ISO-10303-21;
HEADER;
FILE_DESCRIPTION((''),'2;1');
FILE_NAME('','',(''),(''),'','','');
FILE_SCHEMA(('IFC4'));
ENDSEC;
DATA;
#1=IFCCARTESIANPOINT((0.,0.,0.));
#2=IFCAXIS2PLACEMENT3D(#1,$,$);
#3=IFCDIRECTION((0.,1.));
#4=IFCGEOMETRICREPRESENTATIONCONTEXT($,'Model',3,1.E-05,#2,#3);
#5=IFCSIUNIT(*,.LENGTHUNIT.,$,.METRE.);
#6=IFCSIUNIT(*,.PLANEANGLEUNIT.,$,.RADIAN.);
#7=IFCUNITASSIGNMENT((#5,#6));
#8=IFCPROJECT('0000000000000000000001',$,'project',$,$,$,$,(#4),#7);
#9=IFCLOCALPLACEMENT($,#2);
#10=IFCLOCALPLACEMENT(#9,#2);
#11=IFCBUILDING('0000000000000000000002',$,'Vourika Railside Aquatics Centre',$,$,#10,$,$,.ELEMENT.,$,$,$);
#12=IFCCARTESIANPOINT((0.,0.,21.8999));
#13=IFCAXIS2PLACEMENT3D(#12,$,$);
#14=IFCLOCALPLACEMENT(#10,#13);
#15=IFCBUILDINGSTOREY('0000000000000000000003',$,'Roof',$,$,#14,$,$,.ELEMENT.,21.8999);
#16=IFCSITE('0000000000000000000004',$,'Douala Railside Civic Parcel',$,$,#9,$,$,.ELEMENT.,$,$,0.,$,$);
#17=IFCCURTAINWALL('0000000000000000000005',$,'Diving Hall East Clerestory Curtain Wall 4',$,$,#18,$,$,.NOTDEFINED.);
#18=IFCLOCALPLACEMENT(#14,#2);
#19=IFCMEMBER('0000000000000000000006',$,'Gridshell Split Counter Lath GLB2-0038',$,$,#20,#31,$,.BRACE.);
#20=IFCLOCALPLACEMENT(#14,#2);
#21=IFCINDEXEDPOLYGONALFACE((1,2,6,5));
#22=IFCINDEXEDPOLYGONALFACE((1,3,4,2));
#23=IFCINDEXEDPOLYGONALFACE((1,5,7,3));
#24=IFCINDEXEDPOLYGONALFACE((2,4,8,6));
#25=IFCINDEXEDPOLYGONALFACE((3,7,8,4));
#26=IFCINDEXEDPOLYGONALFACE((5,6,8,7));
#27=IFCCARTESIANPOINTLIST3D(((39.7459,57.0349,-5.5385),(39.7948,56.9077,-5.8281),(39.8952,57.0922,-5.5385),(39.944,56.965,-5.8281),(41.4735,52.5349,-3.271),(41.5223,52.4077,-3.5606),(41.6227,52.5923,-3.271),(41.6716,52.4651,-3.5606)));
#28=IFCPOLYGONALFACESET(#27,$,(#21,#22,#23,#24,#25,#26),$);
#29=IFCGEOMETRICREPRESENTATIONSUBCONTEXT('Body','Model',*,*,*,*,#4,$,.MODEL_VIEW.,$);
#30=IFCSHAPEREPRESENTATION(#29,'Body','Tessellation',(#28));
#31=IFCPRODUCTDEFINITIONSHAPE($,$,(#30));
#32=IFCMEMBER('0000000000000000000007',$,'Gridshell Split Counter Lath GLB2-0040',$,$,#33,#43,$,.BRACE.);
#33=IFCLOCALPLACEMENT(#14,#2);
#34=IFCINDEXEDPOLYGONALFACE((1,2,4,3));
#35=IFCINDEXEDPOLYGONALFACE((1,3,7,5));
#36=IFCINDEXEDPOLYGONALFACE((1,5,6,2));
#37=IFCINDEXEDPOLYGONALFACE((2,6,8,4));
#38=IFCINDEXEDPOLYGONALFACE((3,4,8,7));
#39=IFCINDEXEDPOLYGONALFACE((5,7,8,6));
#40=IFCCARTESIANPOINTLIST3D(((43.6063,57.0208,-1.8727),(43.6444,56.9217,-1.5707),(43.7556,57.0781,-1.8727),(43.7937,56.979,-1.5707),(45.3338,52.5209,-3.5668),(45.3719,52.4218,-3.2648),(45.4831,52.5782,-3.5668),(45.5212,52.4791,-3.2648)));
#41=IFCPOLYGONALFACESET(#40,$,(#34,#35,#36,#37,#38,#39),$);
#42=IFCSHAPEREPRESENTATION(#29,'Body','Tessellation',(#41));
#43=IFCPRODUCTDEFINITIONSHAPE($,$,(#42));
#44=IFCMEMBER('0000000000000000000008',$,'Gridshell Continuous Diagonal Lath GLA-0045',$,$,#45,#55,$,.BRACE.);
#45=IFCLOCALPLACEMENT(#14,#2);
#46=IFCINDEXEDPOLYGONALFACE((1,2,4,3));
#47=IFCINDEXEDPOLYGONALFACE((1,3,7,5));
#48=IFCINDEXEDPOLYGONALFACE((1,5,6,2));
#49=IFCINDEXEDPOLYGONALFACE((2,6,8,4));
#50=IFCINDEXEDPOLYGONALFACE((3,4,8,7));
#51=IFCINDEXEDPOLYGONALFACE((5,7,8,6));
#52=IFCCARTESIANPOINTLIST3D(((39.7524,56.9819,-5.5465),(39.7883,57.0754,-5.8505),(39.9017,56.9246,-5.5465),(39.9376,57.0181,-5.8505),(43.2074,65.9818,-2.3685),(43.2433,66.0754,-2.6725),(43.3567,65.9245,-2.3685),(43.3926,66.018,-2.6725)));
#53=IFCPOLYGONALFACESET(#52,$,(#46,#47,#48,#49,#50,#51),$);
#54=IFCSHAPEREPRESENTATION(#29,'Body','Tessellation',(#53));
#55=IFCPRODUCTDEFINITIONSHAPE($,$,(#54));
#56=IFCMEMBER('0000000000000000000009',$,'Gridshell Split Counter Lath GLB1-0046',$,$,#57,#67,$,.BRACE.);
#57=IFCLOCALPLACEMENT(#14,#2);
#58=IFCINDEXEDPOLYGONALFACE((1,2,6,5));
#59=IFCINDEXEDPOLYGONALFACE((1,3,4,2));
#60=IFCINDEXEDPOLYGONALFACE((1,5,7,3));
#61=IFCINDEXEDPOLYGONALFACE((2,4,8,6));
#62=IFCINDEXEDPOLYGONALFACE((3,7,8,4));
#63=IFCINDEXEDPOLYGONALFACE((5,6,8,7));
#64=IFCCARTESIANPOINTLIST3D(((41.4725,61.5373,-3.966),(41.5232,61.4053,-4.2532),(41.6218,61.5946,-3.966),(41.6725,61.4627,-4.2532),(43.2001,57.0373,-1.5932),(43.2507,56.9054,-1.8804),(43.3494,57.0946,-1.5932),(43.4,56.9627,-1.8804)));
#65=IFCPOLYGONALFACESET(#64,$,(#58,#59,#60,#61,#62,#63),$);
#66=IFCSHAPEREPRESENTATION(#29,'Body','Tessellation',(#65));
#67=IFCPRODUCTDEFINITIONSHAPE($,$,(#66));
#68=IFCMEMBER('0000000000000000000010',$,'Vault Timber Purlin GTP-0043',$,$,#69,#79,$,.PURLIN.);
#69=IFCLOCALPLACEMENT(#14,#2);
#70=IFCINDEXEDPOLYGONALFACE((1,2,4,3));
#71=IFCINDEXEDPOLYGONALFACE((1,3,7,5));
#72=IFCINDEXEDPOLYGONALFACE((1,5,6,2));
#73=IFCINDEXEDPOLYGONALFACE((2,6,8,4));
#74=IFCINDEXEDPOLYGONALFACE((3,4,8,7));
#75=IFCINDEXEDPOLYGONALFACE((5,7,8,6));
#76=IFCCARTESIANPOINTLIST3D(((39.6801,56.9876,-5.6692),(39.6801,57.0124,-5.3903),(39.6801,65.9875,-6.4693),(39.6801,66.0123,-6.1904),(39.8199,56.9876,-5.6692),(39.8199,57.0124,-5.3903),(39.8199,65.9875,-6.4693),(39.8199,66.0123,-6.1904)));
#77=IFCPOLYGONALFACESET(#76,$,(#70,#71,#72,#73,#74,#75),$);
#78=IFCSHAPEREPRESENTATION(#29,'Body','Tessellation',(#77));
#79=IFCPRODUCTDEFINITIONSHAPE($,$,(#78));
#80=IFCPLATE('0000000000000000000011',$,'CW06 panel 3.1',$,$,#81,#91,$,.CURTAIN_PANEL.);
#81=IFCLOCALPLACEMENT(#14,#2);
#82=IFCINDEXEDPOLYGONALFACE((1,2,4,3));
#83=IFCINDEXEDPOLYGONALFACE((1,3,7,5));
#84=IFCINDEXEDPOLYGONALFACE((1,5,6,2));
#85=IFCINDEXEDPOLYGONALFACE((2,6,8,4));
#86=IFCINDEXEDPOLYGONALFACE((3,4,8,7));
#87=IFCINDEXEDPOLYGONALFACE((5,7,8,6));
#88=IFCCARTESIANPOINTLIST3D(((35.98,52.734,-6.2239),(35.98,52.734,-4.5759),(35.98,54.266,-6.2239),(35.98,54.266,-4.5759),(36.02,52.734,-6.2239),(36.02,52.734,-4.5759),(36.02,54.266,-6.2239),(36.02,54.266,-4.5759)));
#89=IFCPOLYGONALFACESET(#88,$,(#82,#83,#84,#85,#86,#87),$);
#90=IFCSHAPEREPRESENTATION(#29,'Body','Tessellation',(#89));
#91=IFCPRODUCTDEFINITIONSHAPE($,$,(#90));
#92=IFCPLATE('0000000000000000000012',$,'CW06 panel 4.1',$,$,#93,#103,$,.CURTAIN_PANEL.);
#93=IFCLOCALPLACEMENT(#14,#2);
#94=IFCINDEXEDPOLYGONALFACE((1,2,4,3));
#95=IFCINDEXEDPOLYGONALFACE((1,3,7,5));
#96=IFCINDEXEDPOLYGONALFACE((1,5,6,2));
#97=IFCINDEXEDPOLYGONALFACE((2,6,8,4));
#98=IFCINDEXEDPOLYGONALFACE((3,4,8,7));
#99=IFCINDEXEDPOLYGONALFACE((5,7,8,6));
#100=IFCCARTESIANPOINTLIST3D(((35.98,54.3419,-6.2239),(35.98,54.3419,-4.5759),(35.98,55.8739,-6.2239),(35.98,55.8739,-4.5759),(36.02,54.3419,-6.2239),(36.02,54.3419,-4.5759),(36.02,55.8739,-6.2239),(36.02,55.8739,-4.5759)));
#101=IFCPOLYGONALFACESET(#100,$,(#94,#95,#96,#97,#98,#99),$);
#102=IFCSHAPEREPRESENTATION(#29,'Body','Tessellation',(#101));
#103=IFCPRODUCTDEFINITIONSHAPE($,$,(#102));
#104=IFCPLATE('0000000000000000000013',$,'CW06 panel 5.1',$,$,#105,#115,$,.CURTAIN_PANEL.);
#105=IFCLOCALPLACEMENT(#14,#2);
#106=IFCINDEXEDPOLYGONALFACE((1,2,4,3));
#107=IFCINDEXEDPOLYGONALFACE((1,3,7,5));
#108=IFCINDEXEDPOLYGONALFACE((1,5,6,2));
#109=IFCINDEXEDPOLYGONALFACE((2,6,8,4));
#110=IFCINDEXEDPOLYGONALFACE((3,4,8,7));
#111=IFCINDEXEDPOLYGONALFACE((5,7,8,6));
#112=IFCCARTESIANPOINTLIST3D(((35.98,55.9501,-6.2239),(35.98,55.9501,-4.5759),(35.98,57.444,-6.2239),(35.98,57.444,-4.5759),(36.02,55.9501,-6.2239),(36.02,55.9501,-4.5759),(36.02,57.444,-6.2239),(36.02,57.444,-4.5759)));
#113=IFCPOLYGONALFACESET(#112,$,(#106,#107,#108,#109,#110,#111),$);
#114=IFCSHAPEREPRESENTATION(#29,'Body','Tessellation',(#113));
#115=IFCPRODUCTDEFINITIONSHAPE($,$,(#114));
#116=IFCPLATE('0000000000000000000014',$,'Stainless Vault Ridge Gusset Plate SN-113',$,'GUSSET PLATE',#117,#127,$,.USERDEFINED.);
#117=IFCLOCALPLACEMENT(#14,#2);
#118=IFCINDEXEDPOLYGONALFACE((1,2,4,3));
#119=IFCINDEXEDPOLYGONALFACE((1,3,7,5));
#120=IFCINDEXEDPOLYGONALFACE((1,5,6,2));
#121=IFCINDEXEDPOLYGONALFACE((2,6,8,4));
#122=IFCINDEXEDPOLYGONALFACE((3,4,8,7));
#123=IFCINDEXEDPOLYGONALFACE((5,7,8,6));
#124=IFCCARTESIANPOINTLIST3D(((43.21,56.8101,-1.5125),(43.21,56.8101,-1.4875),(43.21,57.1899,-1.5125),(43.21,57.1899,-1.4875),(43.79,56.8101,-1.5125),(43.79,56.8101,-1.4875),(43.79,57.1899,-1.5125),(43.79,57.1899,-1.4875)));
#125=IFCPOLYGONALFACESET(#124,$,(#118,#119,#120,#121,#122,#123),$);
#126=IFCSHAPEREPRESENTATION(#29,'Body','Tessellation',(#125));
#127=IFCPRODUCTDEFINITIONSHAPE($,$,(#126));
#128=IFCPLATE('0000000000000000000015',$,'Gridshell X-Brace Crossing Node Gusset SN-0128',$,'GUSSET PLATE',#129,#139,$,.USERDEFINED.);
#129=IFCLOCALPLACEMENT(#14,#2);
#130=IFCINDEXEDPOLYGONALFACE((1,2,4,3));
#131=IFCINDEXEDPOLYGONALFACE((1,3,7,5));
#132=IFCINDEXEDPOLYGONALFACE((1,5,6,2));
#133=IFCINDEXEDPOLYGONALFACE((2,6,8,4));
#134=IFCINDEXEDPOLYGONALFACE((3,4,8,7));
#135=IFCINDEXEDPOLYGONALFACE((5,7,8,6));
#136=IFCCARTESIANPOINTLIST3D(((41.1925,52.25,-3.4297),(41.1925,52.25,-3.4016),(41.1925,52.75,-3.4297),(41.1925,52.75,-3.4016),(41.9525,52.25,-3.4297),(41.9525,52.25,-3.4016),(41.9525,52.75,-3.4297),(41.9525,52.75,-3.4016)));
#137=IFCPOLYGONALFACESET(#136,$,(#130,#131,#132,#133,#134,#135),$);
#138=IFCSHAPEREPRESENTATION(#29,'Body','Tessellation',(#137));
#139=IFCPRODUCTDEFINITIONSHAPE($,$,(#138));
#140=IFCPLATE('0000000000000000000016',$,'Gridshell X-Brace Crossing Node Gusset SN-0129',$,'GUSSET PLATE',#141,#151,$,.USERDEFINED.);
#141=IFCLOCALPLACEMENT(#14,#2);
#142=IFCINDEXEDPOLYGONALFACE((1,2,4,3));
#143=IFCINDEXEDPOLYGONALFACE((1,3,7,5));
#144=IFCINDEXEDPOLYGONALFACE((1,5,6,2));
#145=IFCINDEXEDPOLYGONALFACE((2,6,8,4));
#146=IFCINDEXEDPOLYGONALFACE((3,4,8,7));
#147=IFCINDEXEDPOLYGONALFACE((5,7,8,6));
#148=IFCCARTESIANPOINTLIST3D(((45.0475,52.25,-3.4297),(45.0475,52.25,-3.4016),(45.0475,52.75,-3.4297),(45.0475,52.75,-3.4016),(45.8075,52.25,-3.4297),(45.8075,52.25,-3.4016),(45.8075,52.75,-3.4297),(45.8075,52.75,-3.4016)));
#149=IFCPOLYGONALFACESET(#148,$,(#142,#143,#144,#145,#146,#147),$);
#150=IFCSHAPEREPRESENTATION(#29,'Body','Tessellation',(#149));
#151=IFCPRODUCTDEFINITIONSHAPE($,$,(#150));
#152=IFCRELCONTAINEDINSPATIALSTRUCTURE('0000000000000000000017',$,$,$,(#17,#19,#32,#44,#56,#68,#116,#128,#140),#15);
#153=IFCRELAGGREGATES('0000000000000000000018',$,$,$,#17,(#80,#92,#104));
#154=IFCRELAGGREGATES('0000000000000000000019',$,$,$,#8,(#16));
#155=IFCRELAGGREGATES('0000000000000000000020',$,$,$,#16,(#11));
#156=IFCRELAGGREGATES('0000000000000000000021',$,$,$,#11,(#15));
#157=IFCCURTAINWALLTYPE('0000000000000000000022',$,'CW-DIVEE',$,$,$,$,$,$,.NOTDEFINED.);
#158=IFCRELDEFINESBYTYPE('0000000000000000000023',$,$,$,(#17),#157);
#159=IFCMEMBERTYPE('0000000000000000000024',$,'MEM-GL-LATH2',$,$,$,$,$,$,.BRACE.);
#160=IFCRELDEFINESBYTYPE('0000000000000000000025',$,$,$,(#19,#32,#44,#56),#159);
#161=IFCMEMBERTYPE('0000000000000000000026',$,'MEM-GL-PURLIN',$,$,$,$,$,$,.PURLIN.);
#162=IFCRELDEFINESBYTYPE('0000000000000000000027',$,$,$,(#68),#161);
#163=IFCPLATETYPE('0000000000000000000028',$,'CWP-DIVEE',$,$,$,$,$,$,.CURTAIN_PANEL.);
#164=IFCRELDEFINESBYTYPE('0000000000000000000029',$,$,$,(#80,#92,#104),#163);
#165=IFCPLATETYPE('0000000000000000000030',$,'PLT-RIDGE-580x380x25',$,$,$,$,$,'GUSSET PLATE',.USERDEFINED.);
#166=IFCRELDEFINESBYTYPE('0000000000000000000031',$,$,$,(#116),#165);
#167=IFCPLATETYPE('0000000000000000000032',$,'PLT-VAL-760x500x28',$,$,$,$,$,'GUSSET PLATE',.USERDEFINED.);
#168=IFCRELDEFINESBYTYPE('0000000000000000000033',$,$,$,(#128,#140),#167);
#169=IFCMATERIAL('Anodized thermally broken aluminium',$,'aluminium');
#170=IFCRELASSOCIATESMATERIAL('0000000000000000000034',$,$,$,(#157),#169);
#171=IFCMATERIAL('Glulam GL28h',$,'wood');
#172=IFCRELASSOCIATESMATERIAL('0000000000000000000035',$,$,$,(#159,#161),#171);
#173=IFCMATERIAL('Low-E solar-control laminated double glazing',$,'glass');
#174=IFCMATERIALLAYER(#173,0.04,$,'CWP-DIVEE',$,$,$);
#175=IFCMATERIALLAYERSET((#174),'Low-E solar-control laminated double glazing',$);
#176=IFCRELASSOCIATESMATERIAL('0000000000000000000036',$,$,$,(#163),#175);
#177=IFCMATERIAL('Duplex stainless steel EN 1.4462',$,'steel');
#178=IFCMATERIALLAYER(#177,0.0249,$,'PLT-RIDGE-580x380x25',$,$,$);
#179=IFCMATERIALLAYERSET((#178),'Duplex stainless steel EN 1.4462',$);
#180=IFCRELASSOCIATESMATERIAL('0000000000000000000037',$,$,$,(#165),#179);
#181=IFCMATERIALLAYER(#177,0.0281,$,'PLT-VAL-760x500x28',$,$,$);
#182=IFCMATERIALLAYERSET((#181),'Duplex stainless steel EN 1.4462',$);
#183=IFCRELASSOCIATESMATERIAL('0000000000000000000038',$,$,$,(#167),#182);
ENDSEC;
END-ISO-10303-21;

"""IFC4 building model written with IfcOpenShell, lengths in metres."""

from ifc_helpers import new_model, si_unit, direction, frame, origin, origin_2d, place, context, subcontext, project, spatial, rectangle, extrude, material, layer, layer_set, material_profile, profile_set, type_object, element, aggregate, save


model = new_model("IFC4")

# Units and contexts
model_context = context("Model", 3, precision=1e-05, world=origin(), true_north=direction((0.0, 1.0)))
body_context = subcontext(model_context, "Body", "Model", "MODEL_VIEW")
ifc_project = project(units=[si_unit("LENGTHUNIT", "METRE"), si_unit("PLANEANGLEUNIT", "RADIAN")], contexts=[model_context])

# Site, building, storey
site_placement = place(None, origin())
site = spatial("IfcSite", under=ifc_project, at=site_placement, Name="Douala Railside Civic Parcel", CompositionType="ELEMENT", RefElevation=0.0)
building_placement = place(site_placement, origin())
building = spatial("IfcBuilding", under=site, at=building_placement, Name="Vourika Railside Aquatics Centre", CompositionType="ELEMENT")
storey_placement = place(building_placement, frame((0.0, 0.0, 21.8999)))
storey = spatial("IfcBuildingStorey", under=building, at=storey_placement, Name="Roof", CompositionType="ELEMENT", Elevation=21.8999)

# Curtain wall
ifc_material_1 = material(Name="Anodized thermally broken aluminium", Category="aluminium")
curtain_wall_type = type_object("IfcCurtainWallType", Name="CW-DIVEE", PredefinedType="NOTDEFINED", material=ifc_material_1)
curtain_wall_placement = place(storey_placement, origin())
curtain_wall = element("IfcCurtainWall", 1, at=curtain_wall_placement, inside=storey, type_object=curtain_wall_type, Name="Diving Hall East Clerestory Curtain Wall 4", PredefinedType="NOTDEFINED")

# Members
ifc_material_2 = material(Name="Glulam GL28h", Category="wood")
ifc_material_profile_1 = material_profile(ifc_material_2, rectangle(XDim=0.1599, YDim=0.3201, at=origin_2d()), Name="GL28h 160x320")
ifc_profile_set_1 = profile_set([ifc_material_profile_1], Name="Glulam GL28h")
member_type_1 = type_object("IfcMemberType", Name="MEM-GL-LATH2", PredefinedType="BRACE", material=ifc_profile_set_1)
member_1_placement = place(storey_placement, frame((41.5725, 52.5, -3.4158), z_axis=(-0.324302, 0.844762, -0.425681), x_axis=(-0.93357, -0.358395, 0.0)))
element("IfcMember", 2, at=member_1_placement, inside=storey, type_object=member_type_1, Name="Gridshell Split Counter Lath GLB2-0038", PredefinedType="BRACE", context=body_context, shape_type="SweptSolid", body=[
    extrude(rectangle(XDim=0.1599, YDim=0.3201, at=origin_2d()), origin(), (0.0, 0.0, 1.0), 5.3269),
])
member_2_placement = place(storey_placement, frame((45.4275, 52.5, -3.4158), z_axis=(-0.338121, 0.880757, 0.331574), x_axis=(-0.93357, -0.358395, 0.0)))
element("IfcMember", 3, at=member_2_placement, inside=storey, type_object=member_type_1, Name="Gridshell Split Counter Lath GLB2-0040", PredefinedType="BRACE", context=body_context, shape_type="SweptSolid", body=[
    extrude(rectangle(XDim=0.1599, YDim=0.3201, at=origin_2d()), origin(), (0.0, 0.0, 1.0), 5.1091),
])
member_3_placement = place(storey_placement, frame((39.845, 57.0, -5.6985), z_axis=(0.340378, 0.886637, 0.313079), x_axis=(-0.93357, 0.358395, 0.0)))
element("IfcMember", 4, at=member_3_placement, inside=storey, type_object=member_type_1, Name="Gridshell Continuous Diagonal Lath GLA-0045", PredefinedType="BRACE", context=body_context, shape_type="SweptSolid", body=[
    extrude(rectangle(XDim=0.1599, YDim=0.3201, at=origin_2d()), origin(), (0.0, 0.0, 1.0), 10.1506),
])
member_4_placement = place(storey_placement, frame((43.3, 57.0, -1.7368), z_axis=(-0.321548, 0.837587, -0.441651), x_axis=(-0.93357, -0.358395, 0.0)))
element("IfcMember", 5, at=member_4_placement, inside=storey, type_object=member_type_1, Name="Gridshell Split Counter Lath GLB1-0046", PredefinedType="BRACE", context=body_context, shape_type="SweptSolid", body=[
    extrude(rectangle(XDim=0.1599, YDim=0.3201, at=origin_2d()), origin(), (0.0, 0.0, 1.0), 5.3726),
])
ifc_material_profile_2 = material_profile(ifc_material_2, rectangle(XDim=0.1399, YDim=0.28, at=origin_2d()), Name="GL28h 140x280")
ifc_profile_set_2 = profile_set([ifc_material_profile_2], Name="Glulam GL28h")
member_type_2 = type_object("IfcMemberType", Name="MEM-GL-PURLIN", PredefinedType="PURLIN", material=ifc_profile_set_2)
member_5_placement = place(storey_placement, frame((39.75, 57.0, -5.5298), z_axis=(0.0, 0.996072, -0.088545), x_axis=(-1.0, 0.0, 0.0)))
element("IfcMember", 6, at=member_5_placement, inside=storey, type_object=member_type_2, Name="Vault Timber Purlin GTP-0043", PredefinedType="PURLIN", context=body_context, shape_type="SweptSolid", body=[
    extrude(rectangle(XDim=0.1399, YDim=0.28, at=origin_2d()), origin(), (0.0, 0.0, 1.0), 9.0354),
])

# Plates
ifc_material_3 = material(Name="Low-E solar-control laminated double glazing", Category="glass")
ifc_layer_1 = layer(ifc_material_3, 0.04, Name="CWP-DIVEE")
ifc_layer_set_1 = layer_set([ifc_layer_1], Name="Low-E solar-control laminated double glazing")
plate_type_1 = type_object("IfcPlateType", Name="CWP-DIVEE", PredefinedType="CURTAIN_PANEL", material=ifc_layer_set_1)
plate_1_placement = place(storey_placement, frame((36.0, 53.5, -6.2239), z_axis=(0.0, 0.0, 1.0), x_axis=(0.0, 1.0, 0.0)))
plate_1 = element("IfcPlate", 7, at=plate_1_placement, type_object=plate_type_1, Name="CW06 panel 3.1", PredefinedType="CURTAIN_PANEL", context=body_context, shape_type="SweptSolid", body=[
    extrude(rectangle(XDim=1.532, YDim=0.04, at=origin_2d()), origin(), (0.0, 0.0, 1.0), 1.6479),
])
plate_2_placement = place(storey_placement, frame((36.0, 55.1079, -6.2239), z_axis=(0.0, 0.0, 1.0), x_axis=(0.0, 1.0, 0.0)))
plate_2 = element("IfcPlate", 8, at=plate_2_placement, type_object=plate_type_1, Name="CW06 panel 4.1", PredefinedType="CURTAIN_PANEL", context=body_context, shape_type="SweptSolid", body=[
    extrude(rectangle(XDim=1.532, YDim=0.04, at=origin_2d()), origin(), (0.0, 0.0, 1.0), 1.6479),
])
plate_3_placement = place(storey_placement, frame((36.0, 56.697, -6.2239), z_axis=(0.0, 0.0, 1.0), x_axis=(0.0, 1.0, 0.0)))
plate_3 = element("IfcPlate", 9, at=plate_3_placement, type_object=plate_type_1, Name="CW06 panel 5.1", PredefinedType="CURTAIN_PANEL", context=body_context, shape_type="SweptSolid", body=[
    extrude(rectangle(XDim=1.4939, YDim=0.04, at=origin_2d()), origin(), (0.0, 0.0, 1.0), 1.6479),
])
aggregate(curtain_wall, [plate_1, plate_2, plate_3])

# Plates
ifc_material_4 = material(Name="Duplex stainless steel EN 1.4462", Category="steel")
ifc_layer_2 = layer(ifc_material_4, 0.0249, Name="PLT-RIDGE-580x380x25")
ifc_layer_set_2 = layer_set([ifc_layer_2], Name="Duplex stainless steel EN 1.4462")
plate_type_2 = type_object("IfcPlateType", Name="PLT-RIDGE-580x380x25", ElementType="GUSSET PLATE", PredefinedType="USERDEFINED", material=ifc_layer_set_2)
plate_4_placement = place(storey_placement, frame((43.5, 57.0, -1.5125), z_axis=(0.0, 0.0, 1.0), x_axis=(1.0, 0.0, 0.0)))
element("IfcPlate", 10, at=plate_4_placement, inside=storey, type_object=plate_type_2, Name="Stainless Vault Ridge Gusset Plate SN-113", ObjectType="GUSSET PLATE", PredefinedType="USERDEFINED", context=body_context, shape_type="SweptSolid", body=[
    extrude(rectangle(XDim=0.5801, YDim=0.3799, at=origin_2d()), origin(), (0.0, 0.0, 1.0), 0.0249),
])
ifc_layer_3 = layer(ifc_material_4, 0.0281, Name="PLT-VAL-760x500x28")
ifc_layer_set_3 = layer_set([ifc_layer_3], Name="Duplex stainless steel EN 1.4462")
plate_type_3 = type_object("IfcPlateType", Name="PLT-VAL-760x500x28", ElementType="GUSSET PLATE", PredefinedType="USERDEFINED", material=ifc_layer_set_3)
for number, where, z_axis, x_axis, name in (
    (11, (41.5725, 52.5, -3.4297), (0.0, 0.0, 1.0), (1.0, 0.0, 0.0), "Gridshell X-Brace Crossing Node Gusset SN-0128"),
    (12, (45.4275, 52.5, -3.4297), (0.0, 0.0, 1.0), (1.0, 0.0, 0.0), "Gridshell X-Brace Crossing Node Gusset SN-0129"),
):
    element("IfcPlate", number, at=place(storey_placement, frame(where, z_axis=z_axis, x_axis=x_axis)), inside=storey, type_object=plate_type_3, Name=name, ObjectType="GUSSET PLATE", PredefinedType="USERDEFINED", context=body_context, shape_type="SweptSolid", body=[
        extrude(rectangle(XDim=0.76, YDim=0.5, at=origin_2d()), origin(), (0.0, 0.0, 1.0), 0.0281),
    ])

save(model, "model.ifc")
